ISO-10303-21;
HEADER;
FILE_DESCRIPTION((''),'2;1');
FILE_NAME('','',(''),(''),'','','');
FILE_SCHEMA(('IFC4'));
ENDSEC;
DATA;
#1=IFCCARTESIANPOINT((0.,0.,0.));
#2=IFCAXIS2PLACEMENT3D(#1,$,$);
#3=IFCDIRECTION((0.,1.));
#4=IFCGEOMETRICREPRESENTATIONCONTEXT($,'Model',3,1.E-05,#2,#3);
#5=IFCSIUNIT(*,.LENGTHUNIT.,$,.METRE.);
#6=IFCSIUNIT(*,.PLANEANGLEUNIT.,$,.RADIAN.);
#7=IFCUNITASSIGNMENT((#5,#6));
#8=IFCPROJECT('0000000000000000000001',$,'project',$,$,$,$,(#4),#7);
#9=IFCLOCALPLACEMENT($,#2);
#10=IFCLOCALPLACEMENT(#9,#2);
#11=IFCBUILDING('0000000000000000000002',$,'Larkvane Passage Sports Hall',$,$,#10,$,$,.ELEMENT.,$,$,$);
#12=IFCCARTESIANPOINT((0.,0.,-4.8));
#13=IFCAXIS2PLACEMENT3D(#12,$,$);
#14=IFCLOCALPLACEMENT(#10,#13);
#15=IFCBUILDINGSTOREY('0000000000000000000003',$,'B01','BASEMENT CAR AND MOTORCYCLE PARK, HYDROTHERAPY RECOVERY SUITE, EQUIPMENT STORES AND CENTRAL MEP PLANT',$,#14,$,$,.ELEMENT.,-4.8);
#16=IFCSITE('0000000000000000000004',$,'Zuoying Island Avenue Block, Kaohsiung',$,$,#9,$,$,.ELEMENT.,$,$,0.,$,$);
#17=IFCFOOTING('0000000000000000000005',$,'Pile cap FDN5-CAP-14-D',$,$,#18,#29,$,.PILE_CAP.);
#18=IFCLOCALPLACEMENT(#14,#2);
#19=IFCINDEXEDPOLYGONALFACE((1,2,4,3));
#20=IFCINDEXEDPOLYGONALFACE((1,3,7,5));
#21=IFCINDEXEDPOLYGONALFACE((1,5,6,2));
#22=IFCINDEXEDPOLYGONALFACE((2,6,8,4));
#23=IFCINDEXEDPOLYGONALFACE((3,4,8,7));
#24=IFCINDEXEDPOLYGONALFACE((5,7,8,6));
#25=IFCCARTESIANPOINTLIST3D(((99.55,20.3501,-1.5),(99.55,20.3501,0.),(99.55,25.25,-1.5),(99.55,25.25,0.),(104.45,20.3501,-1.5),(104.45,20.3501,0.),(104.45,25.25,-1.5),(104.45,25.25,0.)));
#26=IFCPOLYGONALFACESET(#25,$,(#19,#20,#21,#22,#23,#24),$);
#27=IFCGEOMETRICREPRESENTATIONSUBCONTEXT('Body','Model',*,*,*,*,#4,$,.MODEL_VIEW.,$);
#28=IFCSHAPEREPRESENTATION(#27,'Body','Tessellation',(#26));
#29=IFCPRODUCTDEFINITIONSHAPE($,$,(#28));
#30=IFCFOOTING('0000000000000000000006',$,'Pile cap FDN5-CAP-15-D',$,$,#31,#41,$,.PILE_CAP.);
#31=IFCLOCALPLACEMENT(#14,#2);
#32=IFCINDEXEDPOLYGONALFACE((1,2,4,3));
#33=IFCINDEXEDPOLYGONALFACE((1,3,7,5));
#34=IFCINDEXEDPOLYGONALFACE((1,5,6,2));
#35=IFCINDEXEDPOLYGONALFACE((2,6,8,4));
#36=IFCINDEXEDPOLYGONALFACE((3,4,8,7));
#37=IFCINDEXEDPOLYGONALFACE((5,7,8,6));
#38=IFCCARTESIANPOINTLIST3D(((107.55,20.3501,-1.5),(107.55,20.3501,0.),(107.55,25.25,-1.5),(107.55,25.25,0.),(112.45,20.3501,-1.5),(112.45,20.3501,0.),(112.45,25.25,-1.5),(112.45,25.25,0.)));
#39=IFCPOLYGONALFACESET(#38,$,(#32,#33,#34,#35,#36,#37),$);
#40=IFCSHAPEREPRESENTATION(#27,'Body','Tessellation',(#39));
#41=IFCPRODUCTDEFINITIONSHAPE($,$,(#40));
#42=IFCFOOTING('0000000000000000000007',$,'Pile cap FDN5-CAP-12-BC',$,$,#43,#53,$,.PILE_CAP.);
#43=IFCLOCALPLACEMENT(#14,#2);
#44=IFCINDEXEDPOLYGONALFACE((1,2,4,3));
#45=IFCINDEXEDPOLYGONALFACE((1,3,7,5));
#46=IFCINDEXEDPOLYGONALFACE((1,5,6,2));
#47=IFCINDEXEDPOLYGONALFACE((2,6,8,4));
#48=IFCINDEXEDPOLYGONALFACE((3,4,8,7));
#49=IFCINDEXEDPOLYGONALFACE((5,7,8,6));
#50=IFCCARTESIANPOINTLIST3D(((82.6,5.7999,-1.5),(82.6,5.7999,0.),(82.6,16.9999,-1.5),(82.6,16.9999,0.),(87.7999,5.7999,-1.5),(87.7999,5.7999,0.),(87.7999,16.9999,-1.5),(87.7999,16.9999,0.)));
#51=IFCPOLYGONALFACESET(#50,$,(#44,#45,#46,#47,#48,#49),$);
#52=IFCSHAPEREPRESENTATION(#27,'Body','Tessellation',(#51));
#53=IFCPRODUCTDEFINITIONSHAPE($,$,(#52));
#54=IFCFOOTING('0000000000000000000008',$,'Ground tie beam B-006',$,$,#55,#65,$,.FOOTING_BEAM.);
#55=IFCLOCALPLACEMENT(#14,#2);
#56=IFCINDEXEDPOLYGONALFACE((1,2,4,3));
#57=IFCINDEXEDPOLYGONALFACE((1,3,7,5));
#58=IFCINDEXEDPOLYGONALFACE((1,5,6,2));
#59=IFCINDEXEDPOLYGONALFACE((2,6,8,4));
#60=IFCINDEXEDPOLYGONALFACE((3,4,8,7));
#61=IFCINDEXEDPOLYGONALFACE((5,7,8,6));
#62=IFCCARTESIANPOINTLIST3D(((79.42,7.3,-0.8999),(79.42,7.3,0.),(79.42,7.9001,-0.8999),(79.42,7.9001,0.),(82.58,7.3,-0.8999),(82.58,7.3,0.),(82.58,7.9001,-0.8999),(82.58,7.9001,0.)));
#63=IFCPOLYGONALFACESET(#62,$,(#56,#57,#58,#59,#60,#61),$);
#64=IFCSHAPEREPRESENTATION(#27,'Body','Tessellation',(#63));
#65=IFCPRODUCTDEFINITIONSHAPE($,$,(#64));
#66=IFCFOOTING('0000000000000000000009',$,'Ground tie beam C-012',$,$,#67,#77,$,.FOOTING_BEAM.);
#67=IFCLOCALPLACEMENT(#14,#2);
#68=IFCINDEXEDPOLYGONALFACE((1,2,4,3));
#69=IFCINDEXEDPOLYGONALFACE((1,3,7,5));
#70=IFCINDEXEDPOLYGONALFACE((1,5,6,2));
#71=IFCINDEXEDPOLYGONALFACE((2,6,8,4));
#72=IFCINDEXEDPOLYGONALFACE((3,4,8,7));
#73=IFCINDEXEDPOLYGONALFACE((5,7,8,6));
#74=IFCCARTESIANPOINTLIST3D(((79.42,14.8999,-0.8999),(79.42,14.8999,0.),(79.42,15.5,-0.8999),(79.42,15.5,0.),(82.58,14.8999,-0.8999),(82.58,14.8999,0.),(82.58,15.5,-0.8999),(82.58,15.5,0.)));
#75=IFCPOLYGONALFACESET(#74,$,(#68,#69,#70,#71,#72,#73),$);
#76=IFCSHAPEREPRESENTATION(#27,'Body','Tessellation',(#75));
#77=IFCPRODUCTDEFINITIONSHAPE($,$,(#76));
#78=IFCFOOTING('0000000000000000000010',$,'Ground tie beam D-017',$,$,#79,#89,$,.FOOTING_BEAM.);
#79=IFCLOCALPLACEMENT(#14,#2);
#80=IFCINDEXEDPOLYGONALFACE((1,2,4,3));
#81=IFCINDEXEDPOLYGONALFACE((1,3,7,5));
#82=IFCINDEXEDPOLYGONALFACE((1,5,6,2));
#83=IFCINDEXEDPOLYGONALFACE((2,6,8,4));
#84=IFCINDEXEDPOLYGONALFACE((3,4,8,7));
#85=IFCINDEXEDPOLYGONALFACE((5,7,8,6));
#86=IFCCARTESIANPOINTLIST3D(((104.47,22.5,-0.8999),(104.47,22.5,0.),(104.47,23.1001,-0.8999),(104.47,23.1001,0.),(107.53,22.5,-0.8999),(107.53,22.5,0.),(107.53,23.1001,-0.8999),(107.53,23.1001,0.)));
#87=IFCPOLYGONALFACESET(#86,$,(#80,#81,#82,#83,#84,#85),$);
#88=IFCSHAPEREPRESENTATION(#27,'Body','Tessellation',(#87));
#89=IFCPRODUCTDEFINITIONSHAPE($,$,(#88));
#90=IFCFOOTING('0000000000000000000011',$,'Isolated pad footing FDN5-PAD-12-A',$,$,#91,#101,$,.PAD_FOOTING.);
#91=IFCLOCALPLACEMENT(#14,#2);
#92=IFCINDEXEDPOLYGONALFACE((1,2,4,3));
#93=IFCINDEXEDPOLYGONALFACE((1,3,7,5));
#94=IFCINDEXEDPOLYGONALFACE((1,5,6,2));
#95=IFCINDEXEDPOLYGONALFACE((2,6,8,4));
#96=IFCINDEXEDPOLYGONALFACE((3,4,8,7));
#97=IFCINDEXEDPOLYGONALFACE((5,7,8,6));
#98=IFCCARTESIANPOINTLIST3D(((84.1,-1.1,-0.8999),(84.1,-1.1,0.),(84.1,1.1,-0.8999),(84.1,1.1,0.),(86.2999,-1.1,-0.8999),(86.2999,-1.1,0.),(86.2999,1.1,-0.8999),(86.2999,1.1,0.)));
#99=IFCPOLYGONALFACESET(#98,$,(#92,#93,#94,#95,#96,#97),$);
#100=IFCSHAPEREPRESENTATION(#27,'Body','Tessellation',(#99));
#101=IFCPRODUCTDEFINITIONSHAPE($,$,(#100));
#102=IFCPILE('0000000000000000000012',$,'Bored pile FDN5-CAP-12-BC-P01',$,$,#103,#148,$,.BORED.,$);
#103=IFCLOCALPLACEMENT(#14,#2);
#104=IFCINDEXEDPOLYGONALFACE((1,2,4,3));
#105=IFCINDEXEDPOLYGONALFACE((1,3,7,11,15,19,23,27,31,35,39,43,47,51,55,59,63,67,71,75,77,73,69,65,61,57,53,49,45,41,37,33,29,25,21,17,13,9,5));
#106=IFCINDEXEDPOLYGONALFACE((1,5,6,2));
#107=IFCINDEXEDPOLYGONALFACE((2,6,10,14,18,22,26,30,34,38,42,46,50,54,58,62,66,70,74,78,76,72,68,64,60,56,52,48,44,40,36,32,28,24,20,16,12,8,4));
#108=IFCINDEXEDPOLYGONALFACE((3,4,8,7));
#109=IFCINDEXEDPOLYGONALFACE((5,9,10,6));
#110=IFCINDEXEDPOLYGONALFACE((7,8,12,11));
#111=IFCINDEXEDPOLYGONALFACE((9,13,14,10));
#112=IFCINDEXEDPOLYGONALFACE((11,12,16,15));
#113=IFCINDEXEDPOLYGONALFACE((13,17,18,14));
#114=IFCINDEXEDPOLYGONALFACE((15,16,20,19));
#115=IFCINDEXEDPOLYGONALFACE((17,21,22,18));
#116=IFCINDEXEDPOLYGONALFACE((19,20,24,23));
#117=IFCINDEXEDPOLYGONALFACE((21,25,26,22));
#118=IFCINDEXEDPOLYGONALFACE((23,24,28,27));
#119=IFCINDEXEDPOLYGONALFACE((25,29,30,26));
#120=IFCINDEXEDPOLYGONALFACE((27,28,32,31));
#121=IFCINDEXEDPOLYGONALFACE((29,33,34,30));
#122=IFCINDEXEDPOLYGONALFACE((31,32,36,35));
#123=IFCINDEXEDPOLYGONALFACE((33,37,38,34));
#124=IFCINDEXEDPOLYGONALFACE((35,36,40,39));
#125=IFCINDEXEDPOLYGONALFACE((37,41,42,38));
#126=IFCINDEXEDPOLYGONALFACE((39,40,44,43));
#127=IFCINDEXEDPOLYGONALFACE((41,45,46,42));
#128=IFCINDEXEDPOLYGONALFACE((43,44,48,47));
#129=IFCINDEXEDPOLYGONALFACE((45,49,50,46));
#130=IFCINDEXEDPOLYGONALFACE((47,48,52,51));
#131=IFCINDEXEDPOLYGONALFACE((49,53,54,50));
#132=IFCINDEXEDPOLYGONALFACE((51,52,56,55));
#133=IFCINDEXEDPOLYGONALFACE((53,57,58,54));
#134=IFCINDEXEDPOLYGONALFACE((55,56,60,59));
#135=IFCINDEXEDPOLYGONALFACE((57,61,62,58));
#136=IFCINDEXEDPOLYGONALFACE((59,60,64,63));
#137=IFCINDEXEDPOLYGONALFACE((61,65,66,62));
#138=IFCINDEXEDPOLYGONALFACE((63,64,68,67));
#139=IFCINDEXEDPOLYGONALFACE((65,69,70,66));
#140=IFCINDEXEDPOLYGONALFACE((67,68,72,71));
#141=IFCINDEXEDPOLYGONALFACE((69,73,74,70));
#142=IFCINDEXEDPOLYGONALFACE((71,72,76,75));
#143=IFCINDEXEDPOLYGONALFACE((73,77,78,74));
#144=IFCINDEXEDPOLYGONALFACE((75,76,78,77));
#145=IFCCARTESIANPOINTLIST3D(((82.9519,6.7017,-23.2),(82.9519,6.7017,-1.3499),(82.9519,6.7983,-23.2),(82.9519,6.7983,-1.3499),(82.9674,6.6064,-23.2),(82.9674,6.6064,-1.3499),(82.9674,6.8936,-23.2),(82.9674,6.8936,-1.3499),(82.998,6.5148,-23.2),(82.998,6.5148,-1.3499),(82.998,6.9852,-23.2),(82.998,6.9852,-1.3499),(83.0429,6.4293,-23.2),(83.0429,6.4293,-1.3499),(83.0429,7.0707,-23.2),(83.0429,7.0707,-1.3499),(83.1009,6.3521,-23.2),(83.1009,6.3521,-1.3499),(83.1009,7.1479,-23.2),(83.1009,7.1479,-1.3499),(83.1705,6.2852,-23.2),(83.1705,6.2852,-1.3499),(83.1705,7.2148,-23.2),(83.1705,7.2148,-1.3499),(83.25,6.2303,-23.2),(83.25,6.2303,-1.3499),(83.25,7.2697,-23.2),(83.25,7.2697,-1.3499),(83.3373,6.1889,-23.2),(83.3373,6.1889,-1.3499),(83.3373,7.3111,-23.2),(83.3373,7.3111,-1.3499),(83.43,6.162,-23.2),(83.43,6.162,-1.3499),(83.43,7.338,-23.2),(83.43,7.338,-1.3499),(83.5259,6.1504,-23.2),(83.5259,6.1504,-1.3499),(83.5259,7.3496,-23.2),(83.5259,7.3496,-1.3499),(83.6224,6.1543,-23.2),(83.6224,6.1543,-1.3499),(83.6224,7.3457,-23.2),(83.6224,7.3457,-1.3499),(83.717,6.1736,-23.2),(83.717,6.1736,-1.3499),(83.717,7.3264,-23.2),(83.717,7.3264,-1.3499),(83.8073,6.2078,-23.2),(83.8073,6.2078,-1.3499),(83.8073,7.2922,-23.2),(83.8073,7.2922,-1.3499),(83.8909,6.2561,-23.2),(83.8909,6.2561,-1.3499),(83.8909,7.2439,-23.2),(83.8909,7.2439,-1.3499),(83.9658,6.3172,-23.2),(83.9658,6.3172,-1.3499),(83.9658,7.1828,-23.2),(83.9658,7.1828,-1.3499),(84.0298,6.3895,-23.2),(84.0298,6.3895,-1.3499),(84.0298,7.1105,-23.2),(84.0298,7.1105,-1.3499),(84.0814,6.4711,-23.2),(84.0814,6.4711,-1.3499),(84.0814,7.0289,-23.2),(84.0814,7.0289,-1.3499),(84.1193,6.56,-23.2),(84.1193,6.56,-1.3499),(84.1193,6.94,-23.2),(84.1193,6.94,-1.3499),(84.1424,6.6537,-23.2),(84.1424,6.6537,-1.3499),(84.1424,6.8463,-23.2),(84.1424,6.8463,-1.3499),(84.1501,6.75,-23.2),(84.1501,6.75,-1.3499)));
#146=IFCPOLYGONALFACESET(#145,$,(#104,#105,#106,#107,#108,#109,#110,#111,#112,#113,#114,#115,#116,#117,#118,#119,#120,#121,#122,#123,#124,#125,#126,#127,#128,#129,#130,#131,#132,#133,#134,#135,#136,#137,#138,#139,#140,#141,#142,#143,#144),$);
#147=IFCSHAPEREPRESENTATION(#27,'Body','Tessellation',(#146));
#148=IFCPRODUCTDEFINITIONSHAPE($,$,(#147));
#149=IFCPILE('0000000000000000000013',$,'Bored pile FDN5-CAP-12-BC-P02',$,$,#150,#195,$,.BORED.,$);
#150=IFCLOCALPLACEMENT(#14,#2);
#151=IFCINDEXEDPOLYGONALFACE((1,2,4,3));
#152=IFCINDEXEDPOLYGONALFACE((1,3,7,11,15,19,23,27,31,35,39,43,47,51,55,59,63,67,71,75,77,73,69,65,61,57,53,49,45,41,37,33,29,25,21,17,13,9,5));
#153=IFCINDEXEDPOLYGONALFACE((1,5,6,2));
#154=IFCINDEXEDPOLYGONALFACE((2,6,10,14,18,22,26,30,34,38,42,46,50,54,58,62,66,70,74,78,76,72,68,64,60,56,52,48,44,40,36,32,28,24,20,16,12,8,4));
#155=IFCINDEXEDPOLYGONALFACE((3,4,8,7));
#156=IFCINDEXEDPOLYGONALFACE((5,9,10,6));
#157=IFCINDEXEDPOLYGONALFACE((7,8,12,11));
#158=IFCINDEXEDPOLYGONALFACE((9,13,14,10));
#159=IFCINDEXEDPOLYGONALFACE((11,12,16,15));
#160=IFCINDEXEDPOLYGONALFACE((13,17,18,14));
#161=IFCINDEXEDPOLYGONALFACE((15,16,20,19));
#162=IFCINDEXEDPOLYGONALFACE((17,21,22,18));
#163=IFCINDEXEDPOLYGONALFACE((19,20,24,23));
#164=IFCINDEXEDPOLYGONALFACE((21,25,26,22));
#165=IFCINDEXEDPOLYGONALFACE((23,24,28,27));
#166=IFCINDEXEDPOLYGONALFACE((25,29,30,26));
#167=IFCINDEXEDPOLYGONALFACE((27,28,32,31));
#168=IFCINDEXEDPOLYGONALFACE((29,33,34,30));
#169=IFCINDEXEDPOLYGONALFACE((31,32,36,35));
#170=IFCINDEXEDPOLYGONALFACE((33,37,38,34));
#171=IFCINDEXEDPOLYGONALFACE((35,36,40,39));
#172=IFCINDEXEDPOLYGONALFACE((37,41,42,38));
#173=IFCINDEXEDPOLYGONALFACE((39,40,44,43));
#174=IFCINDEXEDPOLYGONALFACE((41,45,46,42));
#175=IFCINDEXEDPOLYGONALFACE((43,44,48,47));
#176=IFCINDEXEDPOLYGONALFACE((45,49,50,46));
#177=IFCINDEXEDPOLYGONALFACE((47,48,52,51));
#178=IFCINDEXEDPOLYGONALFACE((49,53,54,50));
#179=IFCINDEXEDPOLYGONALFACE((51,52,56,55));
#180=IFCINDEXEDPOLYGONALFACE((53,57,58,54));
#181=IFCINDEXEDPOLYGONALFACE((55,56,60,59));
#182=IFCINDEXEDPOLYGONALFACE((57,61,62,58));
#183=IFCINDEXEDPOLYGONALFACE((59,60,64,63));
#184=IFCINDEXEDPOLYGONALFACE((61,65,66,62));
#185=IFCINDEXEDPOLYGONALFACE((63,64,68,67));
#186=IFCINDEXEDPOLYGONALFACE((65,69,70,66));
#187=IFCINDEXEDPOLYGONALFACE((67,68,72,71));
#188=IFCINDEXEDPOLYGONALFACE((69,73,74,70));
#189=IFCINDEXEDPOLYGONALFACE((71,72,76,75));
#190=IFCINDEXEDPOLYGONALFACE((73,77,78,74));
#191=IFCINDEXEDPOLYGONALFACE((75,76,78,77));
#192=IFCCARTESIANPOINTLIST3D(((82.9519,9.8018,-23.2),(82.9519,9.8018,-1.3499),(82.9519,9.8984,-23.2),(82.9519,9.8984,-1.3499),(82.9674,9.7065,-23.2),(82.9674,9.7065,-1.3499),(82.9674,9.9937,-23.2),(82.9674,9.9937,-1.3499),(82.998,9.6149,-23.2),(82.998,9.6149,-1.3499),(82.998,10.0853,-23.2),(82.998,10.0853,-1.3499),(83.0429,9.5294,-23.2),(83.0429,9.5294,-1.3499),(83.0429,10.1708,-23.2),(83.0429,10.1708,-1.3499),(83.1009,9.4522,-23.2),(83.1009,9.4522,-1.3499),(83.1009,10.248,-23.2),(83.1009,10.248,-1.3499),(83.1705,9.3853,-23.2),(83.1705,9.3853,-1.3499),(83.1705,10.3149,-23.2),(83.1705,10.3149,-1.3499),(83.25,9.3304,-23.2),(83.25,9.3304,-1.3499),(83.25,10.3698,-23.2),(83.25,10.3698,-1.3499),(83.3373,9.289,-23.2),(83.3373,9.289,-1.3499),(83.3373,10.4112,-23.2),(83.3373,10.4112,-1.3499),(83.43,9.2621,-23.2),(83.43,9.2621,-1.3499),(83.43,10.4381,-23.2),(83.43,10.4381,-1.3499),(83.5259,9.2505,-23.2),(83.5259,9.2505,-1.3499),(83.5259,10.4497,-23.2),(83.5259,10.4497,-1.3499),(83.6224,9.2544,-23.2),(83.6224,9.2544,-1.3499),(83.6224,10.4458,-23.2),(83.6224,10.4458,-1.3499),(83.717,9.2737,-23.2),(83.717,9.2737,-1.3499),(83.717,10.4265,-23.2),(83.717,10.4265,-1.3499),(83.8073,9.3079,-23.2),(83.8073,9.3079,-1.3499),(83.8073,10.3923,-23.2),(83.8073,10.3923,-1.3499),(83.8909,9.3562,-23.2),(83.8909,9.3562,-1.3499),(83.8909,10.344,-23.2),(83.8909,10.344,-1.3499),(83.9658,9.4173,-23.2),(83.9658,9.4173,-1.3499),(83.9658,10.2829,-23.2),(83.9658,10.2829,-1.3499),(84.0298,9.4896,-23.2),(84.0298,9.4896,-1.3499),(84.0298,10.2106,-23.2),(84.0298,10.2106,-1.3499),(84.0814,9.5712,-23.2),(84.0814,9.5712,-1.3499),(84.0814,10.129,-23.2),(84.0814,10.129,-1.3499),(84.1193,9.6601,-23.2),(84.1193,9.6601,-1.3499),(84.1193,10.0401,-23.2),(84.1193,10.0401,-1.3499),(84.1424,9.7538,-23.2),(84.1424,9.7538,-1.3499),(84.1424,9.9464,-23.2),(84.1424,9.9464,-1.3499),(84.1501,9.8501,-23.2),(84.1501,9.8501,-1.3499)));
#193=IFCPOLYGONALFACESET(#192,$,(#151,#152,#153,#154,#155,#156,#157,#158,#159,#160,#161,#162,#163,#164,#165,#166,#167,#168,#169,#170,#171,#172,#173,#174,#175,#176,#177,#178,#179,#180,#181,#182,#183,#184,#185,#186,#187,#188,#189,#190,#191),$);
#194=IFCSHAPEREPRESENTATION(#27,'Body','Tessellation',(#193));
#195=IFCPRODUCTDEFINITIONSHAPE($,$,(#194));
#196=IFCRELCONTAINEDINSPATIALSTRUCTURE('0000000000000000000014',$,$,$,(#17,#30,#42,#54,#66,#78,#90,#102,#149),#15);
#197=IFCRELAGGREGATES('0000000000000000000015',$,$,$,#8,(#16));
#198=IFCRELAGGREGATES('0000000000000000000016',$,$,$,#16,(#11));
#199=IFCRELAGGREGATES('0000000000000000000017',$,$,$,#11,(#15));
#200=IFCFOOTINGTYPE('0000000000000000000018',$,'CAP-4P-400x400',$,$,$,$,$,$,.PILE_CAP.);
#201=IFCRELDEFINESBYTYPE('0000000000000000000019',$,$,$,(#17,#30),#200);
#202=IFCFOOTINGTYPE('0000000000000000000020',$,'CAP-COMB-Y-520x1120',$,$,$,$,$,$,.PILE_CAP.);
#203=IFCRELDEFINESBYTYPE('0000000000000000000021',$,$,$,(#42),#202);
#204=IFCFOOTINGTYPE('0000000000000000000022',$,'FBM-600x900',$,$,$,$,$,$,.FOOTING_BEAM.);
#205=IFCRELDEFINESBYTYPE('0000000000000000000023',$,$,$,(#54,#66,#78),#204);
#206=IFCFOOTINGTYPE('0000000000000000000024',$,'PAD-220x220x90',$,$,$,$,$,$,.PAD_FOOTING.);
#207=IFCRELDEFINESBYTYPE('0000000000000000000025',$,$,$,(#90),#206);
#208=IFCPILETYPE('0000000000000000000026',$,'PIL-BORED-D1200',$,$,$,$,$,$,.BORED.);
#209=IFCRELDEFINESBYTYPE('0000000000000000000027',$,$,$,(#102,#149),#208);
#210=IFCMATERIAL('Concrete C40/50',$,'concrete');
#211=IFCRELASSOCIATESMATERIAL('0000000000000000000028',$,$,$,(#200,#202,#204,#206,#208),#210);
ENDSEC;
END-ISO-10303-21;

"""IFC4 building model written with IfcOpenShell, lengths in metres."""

from ifc_helpers import new_model, si_unit, direction, frame, origin, origin_2d, place, context, subcontext, project, spatial, rectangle, circle, extrude, material, material_profile, profile_set, type_object, element, save


model = new_model("IFC4")

# Units and contexts
model_context = context("Model", 3, precision=1e-05, world=origin(), true_north=direction((0.0, 1.0)))
body_context = subcontext(model_context, "Body", "Model", "MODEL_VIEW")
ifc_project = project(units=[si_unit("LENGTHUNIT", "METRE"), si_unit("PLANEANGLEUNIT", "RADIAN")], contexts=[model_context])

# Site, building, storey
site_placement = place(None, origin())
site = spatial("IfcSite", under=ifc_project, at=site_placement, Name="Zuoying Island Avenue Block, Kaohsiung", CompositionType="ELEMENT", RefElevation=0.0)
building_placement = place(site_placement, origin())
building = spatial("IfcBuilding", under=site, at=building_placement, Name="Larkvane Passage Sports Hall", CompositionType="ELEMENT")
storey_placement = place(building_placement, frame((0.0, 0.0, -4.8)))
storey = spatial("IfcBuildingStorey", under=building, at=storey_placement, Name="B01", Description="BASEMENT CAR AND MOTORCYCLE PARK, HYDROTHERAPY RECOVERY SUITE, EQUIPMENT STORES AND CENTRAL MEP PLANT", CompositionType="ELEMENT", Elevation=-4.8)

# Footings
ifc_material_1 = material(Name="Concrete C40/50", Category="concrete")
footing_type_1 = type_object("IfcFootingType", Name="CAP-4P-400x400", PredefinedType="PILE_CAP", material=ifc_material_1)
for number, where, z_axis, x_axis, name in (
    (1, (102.0, 22.8, -1.5), (0.0, 0.0, 1.0), (1.0, 0.0, 0.0), "Pile cap FDN5-CAP-14-D"),
    (2, (110.0, 22.8, -1.5), (0.0, 0.0, 1.0), (1.0, 0.0, 0.0), "Pile cap FDN5-CAP-15-D"),
):
    element("IfcFooting", number, at=place(storey_placement, frame(where, z_axis=z_axis, x_axis=x_axis)), inside=storey, type_object=footing_type_1, Name=name, PredefinedType="PILE_CAP", context=body_context, shape_type="SweptSolid", body=[
        extrude(rectangle(XDim=4.8999, YDim=4.8999, at=origin_2d()), origin(), (0.0, 0.0, 1.0), 1.5),
    ])
footing_type_2 = type_object("IfcFootingType", Name="CAP-COMB-Y-520x1120", PredefinedType="PILE_CAP", material=ifc_material_1)
footing_1_placement = place(storey_placement, frame((85.2, 11.3999, -1.5), z_axis=(0.0, 0.0, 1.0), x_axis=(1.0, 0.0, 0.0)))
element("IfcFooting", 3, at=footing_1_placement, inside=storey, type_object=footing_type_2, Name="Pile cap FDN5-CAP-12-BC", PredefinedType="PILE_CAP", context=body_context, shape_type="SweptSolid", body=[
    extrude(rectangle(XDim=5.2, YDim=11.2, at=origin_2d()), origin(), (0.0, 0.0, 1.0), 1.5),
])
footing_type_3 = type_object("IfcFootingType", Name="FBM-600x900", PredefinedType="FOOTING_BEAM", material=ifc_material_1)
for number, where, z_axis, x_axis, name in (
    (4, (81.0, 7.6001, -0.8999), (0.0, 0.0, 1.0), (1.0, 0.0, 0.0), "Ground tie beam B-006"),
    (5, (81.0, 15.2, -0.8999), (0.0, 0.0, 1.0), (1.0, 0.0, 0.0), "Ground tie beam C-012"),
):
    element("IfcFooting", number, at=place(storey_placement, frame(where, z_axis=z_axis, x_axis=x_axis)), inside=storey, type_object=footing_type_3, Name=name, PredefinedType="FOOTING_BEAM", context=body_context, shape_type="SweptSolid", body=[
        extrude(rectangle(XDim=3.1599, YDim=0.6001, at=origin_2d()), origin(), (0.0, 0.0, 1.0), 0.8999),
    ])
footing_2_placement = place(storey_placement, frame((106.0, 22.8, -0.8999), z_axis=(0.0, 0.0, 1.0), x_axis=(1.0, 0.0, 0.0)))
element("IfcFooting", 6, at=footing_2_placement, inside=storey, type_object=footing_type_3, Name="Ground tie beam D-017", PredefinedType="FOOTING_BEAM", context=body_context, shape_type="SweptSolid", body=[
    extrude(rectangle(XDim=3.0601, YDim=0.6001, at=origin_2d()), origin(), (0.0, 0.0, 1.0), 0.8999),
])
footing_type_4 = type_object("IfcFootingType", Name="PAD-220x220x90", PredefinedType="PAD_FOOTING", material=ifc_material_1)
footing_3_placement = place(storey_placement, frame((85.2, 0.0, -0.8999), z_axis=(0.0, 0.0, 1.0), x_axis=(1.0, 0.0, 0.0)))
element("IfcFooting", 7, at=footing_3_placement, inside=storey, type_object=footing_type_4, Name="Isolated pad footing FDN5-PAD-12-A", PredefinedType="PAD_FOOTING", context=body_context, shape_type="SweptSolid", body=[
    extrude(rectangle(XDim=2.2, YDim=2.2, at=origin_2d()), origin(), (0.0, 0.0, 1.0), 0.8999),
])

# Piles
ifc_material_profile_1 = material_profile(ifc_material_1, circle(Radius=0.6001, at=origin_2d()), Name="PILE-D1200")
ifc_profile_set_1 = profile_set([ifc_material_profile_1], Name="Concrete C40/50")
pile_type = type_object("IfcPileType", Name="PIL-BORED-D1200", PredefinedType="BORED", material=ifc_profile_set_1)
for number, where, z_axis, x_axis, name in (
    (8, (83.55, 6.75, -1.3499), (0.0, 0.0, -1.0), (1.0, 0.0, 0.0), "Bored pile FDN5-CAP-12-BC-P01"),
    (9, (83.55, 9.8501, -1.3499), (0.0, 0.0, -1.0), (1.0, 0.0, 0.0), "Bored pile FDN5-CAP-12-BC-P02"),
):
    element("IfcPile", number, at=place(storey_placement, frame(where, z_axis=z_axis, x_axis=x_axis)), inside=storey, type_object=pile_type, Name=name, PredefinedType="BORED", context=body_context, shape_type="SweptSolid", body=[
        extrude(circle(Radius=0.6001, at=origin_2d()), origin(), (0.0, 0.0, 1.0), 21.8501),
    ])

save(model, "model.ifc")
